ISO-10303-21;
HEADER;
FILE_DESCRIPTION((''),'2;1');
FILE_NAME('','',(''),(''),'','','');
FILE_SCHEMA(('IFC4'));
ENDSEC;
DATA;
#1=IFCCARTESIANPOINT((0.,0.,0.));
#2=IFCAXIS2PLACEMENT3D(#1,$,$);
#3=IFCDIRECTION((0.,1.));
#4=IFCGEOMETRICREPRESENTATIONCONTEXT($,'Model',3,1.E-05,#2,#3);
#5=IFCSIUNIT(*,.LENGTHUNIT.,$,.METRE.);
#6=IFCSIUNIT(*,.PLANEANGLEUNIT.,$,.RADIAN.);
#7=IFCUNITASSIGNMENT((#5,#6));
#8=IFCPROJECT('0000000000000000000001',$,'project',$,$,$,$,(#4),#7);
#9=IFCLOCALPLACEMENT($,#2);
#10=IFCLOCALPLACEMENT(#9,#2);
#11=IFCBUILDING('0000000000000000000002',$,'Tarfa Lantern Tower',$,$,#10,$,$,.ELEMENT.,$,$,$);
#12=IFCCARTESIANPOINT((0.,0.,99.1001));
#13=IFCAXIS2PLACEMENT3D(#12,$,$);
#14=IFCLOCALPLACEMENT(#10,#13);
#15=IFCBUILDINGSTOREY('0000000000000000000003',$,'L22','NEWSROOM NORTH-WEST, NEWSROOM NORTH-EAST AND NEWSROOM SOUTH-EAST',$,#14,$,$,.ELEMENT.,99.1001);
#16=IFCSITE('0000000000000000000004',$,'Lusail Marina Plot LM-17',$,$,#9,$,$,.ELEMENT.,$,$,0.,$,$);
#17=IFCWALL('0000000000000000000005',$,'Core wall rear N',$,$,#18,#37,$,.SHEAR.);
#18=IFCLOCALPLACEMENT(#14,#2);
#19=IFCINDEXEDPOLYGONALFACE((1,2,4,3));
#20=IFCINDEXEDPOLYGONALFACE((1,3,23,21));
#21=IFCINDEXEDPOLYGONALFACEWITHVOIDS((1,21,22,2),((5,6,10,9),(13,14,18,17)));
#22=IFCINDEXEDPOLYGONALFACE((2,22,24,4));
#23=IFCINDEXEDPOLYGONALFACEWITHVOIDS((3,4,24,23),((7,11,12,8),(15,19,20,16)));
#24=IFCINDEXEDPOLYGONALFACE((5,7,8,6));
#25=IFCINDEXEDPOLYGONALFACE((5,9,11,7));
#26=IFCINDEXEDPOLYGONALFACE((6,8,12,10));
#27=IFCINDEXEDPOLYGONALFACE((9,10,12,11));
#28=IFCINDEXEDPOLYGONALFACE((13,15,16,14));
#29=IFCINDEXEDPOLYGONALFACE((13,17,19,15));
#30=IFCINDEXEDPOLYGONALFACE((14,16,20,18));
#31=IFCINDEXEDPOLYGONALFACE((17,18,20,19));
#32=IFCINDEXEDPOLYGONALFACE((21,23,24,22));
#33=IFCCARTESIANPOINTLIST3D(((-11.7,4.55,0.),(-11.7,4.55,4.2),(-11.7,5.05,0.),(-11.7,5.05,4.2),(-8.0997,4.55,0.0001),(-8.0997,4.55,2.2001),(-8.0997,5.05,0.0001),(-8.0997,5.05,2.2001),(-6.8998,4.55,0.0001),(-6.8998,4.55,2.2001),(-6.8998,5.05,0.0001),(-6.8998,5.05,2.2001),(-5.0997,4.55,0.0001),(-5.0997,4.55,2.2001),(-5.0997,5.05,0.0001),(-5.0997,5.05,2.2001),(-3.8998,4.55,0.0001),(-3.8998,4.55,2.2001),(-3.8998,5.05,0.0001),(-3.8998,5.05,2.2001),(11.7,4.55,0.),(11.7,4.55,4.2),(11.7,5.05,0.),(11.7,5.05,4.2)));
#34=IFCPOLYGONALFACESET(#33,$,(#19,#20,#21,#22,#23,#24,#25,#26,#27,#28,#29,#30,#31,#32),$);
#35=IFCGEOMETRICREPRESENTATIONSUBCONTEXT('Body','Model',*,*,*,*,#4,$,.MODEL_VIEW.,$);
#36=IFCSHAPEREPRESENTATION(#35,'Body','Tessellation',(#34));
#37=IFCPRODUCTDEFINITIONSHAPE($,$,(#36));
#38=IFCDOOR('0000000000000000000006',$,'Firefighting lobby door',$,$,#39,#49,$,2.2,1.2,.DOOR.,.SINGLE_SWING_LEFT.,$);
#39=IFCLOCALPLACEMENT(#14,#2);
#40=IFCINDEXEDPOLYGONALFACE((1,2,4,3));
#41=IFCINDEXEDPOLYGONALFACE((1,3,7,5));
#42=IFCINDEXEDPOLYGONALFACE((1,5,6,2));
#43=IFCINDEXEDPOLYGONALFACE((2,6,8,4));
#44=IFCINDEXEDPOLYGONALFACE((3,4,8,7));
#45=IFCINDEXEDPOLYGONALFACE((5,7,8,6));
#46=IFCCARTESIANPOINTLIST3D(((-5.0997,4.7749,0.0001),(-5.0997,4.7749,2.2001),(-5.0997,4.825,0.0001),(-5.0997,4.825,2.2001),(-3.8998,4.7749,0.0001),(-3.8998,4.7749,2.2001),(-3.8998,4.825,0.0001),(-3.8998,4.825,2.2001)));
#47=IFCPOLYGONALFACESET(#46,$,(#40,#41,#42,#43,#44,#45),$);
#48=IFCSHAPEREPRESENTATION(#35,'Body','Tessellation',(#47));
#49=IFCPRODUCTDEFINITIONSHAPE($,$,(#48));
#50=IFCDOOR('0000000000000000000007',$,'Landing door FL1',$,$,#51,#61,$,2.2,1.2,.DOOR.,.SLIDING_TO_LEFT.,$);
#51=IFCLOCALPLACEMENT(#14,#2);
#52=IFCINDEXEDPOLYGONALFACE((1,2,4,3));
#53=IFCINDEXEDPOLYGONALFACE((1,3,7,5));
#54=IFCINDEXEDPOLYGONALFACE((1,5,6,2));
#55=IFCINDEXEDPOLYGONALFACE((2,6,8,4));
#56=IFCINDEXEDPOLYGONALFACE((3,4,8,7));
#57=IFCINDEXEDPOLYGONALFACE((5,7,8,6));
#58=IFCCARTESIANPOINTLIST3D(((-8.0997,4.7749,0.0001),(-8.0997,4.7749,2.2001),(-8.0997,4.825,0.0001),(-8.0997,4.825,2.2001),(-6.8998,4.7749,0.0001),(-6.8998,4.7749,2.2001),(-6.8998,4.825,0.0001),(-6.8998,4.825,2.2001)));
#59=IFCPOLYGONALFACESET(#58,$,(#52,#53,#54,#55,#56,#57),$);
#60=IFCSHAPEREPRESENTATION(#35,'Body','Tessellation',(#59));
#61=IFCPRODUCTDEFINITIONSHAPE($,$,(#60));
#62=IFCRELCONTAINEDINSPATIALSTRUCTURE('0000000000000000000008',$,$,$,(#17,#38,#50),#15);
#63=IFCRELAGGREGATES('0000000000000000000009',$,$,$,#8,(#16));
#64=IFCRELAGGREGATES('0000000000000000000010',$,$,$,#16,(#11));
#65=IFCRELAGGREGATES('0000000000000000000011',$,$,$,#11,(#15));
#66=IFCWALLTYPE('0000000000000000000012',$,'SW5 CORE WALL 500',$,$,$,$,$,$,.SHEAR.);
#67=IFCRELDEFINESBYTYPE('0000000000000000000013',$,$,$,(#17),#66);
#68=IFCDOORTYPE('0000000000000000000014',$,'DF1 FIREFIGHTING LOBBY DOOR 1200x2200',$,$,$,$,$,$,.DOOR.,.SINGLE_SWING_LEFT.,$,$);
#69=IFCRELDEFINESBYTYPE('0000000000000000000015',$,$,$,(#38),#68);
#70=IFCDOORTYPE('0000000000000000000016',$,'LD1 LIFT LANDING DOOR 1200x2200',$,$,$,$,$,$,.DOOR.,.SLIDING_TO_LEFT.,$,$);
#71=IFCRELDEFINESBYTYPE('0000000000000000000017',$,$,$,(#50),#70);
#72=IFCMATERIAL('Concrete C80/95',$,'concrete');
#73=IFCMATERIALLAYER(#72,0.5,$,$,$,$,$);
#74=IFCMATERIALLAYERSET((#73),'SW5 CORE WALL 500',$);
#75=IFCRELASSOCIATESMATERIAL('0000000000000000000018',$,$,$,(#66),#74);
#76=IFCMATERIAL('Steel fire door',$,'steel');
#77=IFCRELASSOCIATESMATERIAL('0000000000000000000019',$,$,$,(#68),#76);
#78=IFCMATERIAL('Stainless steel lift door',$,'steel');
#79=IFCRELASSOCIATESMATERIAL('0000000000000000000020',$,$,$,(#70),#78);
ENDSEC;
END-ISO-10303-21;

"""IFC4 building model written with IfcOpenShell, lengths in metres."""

from ifc_helpers import new_model, si_unit, direction, frame, frame_2d, origin, place, context, subcontext, project, spatial, rectangle, extrude, material, layer, layer_set, type_object, element, fill, save


model = new_model("IFC4")

# Units and contexts
model_context = context("Model", 3, precision=1e-05, world=origin(), true_north=direction((0.0, 1.0)))
body_context = subcontext(model_context, "Body", "Model", "MODEL_VIEW")
ifc_project = project(units=[si_unit("LENGTHUNIT", "METRE"), si_unit("PLANEANGLEUNIT", "RADIAN")], contexts=[model_context])

# Site, building, storey
site_placement = place(None, origin())
site = spatial("IfcSite", under=ifc_project, at=site_placement, Name="Lusail Marina Plot LM-17", CompositionType="ELEMENT", RefElevation=0.0)
building_placement = place(site_placement, origin())
building = spatial("IfcBuilding", under=site, at=building_placement, Name="Tarfa Lantern Tower", CompositionType="ELEMENT")
storey_placement = place(building_placement, frame((0.0, 0.0, 99.1001)))
storey = spatial("IfcBuildingStorey", under=building, at=storey_placement, Name="L22", Description="NEWSROOM NORTH-WEST, NEWSROOM NORTH-EAST AND NEWSROOM SOUTH-EAST", CompositionType="ELEMENT", Elevation=99.1001)

# Shared definitions
ifc_material_1 = material(Name="Concrete C80/95", Category="concrete")
ifc_material_2 = material(Name="Steel fire door", Category="steel")

# Shared definitions
ifc_layer_1 = layer(ifc_material_1, 0.5)
ifc_layer_set_1 = layer_set([ifc_layer_1], Name="SW5 CORE WALL 500")
wall_type_1 = type_object("IfcWallType", Name="SW5 CORE WALL 500", PredefinedType="SHEAR", material=ifc_layer_set_1)

# Wall, openings, doors
wall_1_placement = place(storey_placement, frame((-11.7, 4.8, 0.0), z_axis=(0.0, 0.0, 1.0), x_axis=(1.0, 0.0, 0.0)))
wall_1 = element("IfcWall", 1, at=wall_1_placement, inside=storey, type_object=wall_type_1, Name="Core wall rear N", PredefinedType="SHEAR", context=body_context, shape_type="SweptSolid", body=[
    extrude(rectangle(XDim=23.3999, YDim=0.5, at=frame_2d((11.7, 0.0))), origin(), (0.0, 0.0, 1.0), 4.2),
])
opening_1_placement = place(wall_1_placement, frame((6.6001, 0.0, 0.0)))
opening_1 = element("IfcOpeningElement", 2, at=opening_1_placement, cuts=wall_1, PredefinedType="OPENING", context=body_context, shape_type="SweptSolid", body=[
    extrude(rectangle(XDim=1.2, YDim=2.2, at=frame_2d((0.6001, 1.1001))), frame((0.0, 0.26, 0.0), z_axis=(0.0, -1.0, 0.0), x_axis=(1.0, 0.0, 0.0)), (0.0, 0.0, 1.0), 0.52),
])
opening_2_placement = place(wall_1_placement, frame((3.6001, 0.0, 0.0)))
opening_2 = element("IfcOpeningElement", 3, at=opening_2_placement, cuts=wall_1, PredefinedType="OPENING", context=body_context, shape_type="SweptSolid", body=[
    extrude(rectangle(XDim=1.2, YDim=2.2, at=frame_2d((0.6001, 1.1001))), frame((0.0, 0.26, 0.0), z_axis=(0.0, -1.0, 0.0), x_axis=(1.0, 0.0, 0.0)), (0.0, 0.0, 1.0), 0.52),
])
door_type_1 = type_object("IfcDoorType", Name="DF1 FIREFIGHTING LOBBY DOOR 1200x2200", OperationType="SINGLE_SWING_LEFT", PredefinedType="DOOR", material=ifc_material_2)
door_1_placement = place(opening_1_placement, origin())
door_1 = element("IfcDoor", 4, at=door_1_placement, inside=storey, type_object=door_type_1, Name="Firefighting lobby door", OperationType="SINGLE_SWING_LEFT", OverallHeight=2.2, OverallWidth=1.2, PredefinedType="DOOR", context=body_context, shape_type="SweptSolid", body=[
    extrude(rectangle(XDim=1.2, YDim=2.2, at=frame_2d((0.6001, 1.1001))), frame((0.0, 0.0249, 0.0), z_axis=(0.0, -1.0, 0.0), x_axis=(1.0, 0.0, 0.0)), (0.0, 0.0, 1.0), 0.05),
])
fill(opening_1, door_1)
ifc_material_3 = material(Name="Stainless steel lift door", Category="steel")
door_type_2 = type_object("IfcDoorType", Name="LD1 LIFT LANDING DOOR 1200x2200", OperationType="SLIDING_TO_LEFT", PredefinedType="DOOR", material=ifc_material_3)
door_2_placement = place(opening_2_placement, origin())
door_2 = element("IfcDoor", 5, at=door_2_placement, inside=storey, type_object=door_type_2, Name="Landing door FL1", OperationType="SLIDING_TO_LEFT", OverallHeight=2.2, OverallWidth=1.2, PredefinedType="DOOR", context=body_context, shape_type="SweptSolid", body=[
    extrude(rectangle(XDim=1.2, YDim=2.2, at=frame_2d((0.6001, 1.1001))), frame((0.0, 0.0249, 0.0), z_axis=(0.0, -1.0, 0.0), x_axis=(1.0, 0.0, 0.0)), (0.0, 0.0, 1.0), 0.05),
])
fill(opening_2, door_2)

save(model, "model.ifc")
